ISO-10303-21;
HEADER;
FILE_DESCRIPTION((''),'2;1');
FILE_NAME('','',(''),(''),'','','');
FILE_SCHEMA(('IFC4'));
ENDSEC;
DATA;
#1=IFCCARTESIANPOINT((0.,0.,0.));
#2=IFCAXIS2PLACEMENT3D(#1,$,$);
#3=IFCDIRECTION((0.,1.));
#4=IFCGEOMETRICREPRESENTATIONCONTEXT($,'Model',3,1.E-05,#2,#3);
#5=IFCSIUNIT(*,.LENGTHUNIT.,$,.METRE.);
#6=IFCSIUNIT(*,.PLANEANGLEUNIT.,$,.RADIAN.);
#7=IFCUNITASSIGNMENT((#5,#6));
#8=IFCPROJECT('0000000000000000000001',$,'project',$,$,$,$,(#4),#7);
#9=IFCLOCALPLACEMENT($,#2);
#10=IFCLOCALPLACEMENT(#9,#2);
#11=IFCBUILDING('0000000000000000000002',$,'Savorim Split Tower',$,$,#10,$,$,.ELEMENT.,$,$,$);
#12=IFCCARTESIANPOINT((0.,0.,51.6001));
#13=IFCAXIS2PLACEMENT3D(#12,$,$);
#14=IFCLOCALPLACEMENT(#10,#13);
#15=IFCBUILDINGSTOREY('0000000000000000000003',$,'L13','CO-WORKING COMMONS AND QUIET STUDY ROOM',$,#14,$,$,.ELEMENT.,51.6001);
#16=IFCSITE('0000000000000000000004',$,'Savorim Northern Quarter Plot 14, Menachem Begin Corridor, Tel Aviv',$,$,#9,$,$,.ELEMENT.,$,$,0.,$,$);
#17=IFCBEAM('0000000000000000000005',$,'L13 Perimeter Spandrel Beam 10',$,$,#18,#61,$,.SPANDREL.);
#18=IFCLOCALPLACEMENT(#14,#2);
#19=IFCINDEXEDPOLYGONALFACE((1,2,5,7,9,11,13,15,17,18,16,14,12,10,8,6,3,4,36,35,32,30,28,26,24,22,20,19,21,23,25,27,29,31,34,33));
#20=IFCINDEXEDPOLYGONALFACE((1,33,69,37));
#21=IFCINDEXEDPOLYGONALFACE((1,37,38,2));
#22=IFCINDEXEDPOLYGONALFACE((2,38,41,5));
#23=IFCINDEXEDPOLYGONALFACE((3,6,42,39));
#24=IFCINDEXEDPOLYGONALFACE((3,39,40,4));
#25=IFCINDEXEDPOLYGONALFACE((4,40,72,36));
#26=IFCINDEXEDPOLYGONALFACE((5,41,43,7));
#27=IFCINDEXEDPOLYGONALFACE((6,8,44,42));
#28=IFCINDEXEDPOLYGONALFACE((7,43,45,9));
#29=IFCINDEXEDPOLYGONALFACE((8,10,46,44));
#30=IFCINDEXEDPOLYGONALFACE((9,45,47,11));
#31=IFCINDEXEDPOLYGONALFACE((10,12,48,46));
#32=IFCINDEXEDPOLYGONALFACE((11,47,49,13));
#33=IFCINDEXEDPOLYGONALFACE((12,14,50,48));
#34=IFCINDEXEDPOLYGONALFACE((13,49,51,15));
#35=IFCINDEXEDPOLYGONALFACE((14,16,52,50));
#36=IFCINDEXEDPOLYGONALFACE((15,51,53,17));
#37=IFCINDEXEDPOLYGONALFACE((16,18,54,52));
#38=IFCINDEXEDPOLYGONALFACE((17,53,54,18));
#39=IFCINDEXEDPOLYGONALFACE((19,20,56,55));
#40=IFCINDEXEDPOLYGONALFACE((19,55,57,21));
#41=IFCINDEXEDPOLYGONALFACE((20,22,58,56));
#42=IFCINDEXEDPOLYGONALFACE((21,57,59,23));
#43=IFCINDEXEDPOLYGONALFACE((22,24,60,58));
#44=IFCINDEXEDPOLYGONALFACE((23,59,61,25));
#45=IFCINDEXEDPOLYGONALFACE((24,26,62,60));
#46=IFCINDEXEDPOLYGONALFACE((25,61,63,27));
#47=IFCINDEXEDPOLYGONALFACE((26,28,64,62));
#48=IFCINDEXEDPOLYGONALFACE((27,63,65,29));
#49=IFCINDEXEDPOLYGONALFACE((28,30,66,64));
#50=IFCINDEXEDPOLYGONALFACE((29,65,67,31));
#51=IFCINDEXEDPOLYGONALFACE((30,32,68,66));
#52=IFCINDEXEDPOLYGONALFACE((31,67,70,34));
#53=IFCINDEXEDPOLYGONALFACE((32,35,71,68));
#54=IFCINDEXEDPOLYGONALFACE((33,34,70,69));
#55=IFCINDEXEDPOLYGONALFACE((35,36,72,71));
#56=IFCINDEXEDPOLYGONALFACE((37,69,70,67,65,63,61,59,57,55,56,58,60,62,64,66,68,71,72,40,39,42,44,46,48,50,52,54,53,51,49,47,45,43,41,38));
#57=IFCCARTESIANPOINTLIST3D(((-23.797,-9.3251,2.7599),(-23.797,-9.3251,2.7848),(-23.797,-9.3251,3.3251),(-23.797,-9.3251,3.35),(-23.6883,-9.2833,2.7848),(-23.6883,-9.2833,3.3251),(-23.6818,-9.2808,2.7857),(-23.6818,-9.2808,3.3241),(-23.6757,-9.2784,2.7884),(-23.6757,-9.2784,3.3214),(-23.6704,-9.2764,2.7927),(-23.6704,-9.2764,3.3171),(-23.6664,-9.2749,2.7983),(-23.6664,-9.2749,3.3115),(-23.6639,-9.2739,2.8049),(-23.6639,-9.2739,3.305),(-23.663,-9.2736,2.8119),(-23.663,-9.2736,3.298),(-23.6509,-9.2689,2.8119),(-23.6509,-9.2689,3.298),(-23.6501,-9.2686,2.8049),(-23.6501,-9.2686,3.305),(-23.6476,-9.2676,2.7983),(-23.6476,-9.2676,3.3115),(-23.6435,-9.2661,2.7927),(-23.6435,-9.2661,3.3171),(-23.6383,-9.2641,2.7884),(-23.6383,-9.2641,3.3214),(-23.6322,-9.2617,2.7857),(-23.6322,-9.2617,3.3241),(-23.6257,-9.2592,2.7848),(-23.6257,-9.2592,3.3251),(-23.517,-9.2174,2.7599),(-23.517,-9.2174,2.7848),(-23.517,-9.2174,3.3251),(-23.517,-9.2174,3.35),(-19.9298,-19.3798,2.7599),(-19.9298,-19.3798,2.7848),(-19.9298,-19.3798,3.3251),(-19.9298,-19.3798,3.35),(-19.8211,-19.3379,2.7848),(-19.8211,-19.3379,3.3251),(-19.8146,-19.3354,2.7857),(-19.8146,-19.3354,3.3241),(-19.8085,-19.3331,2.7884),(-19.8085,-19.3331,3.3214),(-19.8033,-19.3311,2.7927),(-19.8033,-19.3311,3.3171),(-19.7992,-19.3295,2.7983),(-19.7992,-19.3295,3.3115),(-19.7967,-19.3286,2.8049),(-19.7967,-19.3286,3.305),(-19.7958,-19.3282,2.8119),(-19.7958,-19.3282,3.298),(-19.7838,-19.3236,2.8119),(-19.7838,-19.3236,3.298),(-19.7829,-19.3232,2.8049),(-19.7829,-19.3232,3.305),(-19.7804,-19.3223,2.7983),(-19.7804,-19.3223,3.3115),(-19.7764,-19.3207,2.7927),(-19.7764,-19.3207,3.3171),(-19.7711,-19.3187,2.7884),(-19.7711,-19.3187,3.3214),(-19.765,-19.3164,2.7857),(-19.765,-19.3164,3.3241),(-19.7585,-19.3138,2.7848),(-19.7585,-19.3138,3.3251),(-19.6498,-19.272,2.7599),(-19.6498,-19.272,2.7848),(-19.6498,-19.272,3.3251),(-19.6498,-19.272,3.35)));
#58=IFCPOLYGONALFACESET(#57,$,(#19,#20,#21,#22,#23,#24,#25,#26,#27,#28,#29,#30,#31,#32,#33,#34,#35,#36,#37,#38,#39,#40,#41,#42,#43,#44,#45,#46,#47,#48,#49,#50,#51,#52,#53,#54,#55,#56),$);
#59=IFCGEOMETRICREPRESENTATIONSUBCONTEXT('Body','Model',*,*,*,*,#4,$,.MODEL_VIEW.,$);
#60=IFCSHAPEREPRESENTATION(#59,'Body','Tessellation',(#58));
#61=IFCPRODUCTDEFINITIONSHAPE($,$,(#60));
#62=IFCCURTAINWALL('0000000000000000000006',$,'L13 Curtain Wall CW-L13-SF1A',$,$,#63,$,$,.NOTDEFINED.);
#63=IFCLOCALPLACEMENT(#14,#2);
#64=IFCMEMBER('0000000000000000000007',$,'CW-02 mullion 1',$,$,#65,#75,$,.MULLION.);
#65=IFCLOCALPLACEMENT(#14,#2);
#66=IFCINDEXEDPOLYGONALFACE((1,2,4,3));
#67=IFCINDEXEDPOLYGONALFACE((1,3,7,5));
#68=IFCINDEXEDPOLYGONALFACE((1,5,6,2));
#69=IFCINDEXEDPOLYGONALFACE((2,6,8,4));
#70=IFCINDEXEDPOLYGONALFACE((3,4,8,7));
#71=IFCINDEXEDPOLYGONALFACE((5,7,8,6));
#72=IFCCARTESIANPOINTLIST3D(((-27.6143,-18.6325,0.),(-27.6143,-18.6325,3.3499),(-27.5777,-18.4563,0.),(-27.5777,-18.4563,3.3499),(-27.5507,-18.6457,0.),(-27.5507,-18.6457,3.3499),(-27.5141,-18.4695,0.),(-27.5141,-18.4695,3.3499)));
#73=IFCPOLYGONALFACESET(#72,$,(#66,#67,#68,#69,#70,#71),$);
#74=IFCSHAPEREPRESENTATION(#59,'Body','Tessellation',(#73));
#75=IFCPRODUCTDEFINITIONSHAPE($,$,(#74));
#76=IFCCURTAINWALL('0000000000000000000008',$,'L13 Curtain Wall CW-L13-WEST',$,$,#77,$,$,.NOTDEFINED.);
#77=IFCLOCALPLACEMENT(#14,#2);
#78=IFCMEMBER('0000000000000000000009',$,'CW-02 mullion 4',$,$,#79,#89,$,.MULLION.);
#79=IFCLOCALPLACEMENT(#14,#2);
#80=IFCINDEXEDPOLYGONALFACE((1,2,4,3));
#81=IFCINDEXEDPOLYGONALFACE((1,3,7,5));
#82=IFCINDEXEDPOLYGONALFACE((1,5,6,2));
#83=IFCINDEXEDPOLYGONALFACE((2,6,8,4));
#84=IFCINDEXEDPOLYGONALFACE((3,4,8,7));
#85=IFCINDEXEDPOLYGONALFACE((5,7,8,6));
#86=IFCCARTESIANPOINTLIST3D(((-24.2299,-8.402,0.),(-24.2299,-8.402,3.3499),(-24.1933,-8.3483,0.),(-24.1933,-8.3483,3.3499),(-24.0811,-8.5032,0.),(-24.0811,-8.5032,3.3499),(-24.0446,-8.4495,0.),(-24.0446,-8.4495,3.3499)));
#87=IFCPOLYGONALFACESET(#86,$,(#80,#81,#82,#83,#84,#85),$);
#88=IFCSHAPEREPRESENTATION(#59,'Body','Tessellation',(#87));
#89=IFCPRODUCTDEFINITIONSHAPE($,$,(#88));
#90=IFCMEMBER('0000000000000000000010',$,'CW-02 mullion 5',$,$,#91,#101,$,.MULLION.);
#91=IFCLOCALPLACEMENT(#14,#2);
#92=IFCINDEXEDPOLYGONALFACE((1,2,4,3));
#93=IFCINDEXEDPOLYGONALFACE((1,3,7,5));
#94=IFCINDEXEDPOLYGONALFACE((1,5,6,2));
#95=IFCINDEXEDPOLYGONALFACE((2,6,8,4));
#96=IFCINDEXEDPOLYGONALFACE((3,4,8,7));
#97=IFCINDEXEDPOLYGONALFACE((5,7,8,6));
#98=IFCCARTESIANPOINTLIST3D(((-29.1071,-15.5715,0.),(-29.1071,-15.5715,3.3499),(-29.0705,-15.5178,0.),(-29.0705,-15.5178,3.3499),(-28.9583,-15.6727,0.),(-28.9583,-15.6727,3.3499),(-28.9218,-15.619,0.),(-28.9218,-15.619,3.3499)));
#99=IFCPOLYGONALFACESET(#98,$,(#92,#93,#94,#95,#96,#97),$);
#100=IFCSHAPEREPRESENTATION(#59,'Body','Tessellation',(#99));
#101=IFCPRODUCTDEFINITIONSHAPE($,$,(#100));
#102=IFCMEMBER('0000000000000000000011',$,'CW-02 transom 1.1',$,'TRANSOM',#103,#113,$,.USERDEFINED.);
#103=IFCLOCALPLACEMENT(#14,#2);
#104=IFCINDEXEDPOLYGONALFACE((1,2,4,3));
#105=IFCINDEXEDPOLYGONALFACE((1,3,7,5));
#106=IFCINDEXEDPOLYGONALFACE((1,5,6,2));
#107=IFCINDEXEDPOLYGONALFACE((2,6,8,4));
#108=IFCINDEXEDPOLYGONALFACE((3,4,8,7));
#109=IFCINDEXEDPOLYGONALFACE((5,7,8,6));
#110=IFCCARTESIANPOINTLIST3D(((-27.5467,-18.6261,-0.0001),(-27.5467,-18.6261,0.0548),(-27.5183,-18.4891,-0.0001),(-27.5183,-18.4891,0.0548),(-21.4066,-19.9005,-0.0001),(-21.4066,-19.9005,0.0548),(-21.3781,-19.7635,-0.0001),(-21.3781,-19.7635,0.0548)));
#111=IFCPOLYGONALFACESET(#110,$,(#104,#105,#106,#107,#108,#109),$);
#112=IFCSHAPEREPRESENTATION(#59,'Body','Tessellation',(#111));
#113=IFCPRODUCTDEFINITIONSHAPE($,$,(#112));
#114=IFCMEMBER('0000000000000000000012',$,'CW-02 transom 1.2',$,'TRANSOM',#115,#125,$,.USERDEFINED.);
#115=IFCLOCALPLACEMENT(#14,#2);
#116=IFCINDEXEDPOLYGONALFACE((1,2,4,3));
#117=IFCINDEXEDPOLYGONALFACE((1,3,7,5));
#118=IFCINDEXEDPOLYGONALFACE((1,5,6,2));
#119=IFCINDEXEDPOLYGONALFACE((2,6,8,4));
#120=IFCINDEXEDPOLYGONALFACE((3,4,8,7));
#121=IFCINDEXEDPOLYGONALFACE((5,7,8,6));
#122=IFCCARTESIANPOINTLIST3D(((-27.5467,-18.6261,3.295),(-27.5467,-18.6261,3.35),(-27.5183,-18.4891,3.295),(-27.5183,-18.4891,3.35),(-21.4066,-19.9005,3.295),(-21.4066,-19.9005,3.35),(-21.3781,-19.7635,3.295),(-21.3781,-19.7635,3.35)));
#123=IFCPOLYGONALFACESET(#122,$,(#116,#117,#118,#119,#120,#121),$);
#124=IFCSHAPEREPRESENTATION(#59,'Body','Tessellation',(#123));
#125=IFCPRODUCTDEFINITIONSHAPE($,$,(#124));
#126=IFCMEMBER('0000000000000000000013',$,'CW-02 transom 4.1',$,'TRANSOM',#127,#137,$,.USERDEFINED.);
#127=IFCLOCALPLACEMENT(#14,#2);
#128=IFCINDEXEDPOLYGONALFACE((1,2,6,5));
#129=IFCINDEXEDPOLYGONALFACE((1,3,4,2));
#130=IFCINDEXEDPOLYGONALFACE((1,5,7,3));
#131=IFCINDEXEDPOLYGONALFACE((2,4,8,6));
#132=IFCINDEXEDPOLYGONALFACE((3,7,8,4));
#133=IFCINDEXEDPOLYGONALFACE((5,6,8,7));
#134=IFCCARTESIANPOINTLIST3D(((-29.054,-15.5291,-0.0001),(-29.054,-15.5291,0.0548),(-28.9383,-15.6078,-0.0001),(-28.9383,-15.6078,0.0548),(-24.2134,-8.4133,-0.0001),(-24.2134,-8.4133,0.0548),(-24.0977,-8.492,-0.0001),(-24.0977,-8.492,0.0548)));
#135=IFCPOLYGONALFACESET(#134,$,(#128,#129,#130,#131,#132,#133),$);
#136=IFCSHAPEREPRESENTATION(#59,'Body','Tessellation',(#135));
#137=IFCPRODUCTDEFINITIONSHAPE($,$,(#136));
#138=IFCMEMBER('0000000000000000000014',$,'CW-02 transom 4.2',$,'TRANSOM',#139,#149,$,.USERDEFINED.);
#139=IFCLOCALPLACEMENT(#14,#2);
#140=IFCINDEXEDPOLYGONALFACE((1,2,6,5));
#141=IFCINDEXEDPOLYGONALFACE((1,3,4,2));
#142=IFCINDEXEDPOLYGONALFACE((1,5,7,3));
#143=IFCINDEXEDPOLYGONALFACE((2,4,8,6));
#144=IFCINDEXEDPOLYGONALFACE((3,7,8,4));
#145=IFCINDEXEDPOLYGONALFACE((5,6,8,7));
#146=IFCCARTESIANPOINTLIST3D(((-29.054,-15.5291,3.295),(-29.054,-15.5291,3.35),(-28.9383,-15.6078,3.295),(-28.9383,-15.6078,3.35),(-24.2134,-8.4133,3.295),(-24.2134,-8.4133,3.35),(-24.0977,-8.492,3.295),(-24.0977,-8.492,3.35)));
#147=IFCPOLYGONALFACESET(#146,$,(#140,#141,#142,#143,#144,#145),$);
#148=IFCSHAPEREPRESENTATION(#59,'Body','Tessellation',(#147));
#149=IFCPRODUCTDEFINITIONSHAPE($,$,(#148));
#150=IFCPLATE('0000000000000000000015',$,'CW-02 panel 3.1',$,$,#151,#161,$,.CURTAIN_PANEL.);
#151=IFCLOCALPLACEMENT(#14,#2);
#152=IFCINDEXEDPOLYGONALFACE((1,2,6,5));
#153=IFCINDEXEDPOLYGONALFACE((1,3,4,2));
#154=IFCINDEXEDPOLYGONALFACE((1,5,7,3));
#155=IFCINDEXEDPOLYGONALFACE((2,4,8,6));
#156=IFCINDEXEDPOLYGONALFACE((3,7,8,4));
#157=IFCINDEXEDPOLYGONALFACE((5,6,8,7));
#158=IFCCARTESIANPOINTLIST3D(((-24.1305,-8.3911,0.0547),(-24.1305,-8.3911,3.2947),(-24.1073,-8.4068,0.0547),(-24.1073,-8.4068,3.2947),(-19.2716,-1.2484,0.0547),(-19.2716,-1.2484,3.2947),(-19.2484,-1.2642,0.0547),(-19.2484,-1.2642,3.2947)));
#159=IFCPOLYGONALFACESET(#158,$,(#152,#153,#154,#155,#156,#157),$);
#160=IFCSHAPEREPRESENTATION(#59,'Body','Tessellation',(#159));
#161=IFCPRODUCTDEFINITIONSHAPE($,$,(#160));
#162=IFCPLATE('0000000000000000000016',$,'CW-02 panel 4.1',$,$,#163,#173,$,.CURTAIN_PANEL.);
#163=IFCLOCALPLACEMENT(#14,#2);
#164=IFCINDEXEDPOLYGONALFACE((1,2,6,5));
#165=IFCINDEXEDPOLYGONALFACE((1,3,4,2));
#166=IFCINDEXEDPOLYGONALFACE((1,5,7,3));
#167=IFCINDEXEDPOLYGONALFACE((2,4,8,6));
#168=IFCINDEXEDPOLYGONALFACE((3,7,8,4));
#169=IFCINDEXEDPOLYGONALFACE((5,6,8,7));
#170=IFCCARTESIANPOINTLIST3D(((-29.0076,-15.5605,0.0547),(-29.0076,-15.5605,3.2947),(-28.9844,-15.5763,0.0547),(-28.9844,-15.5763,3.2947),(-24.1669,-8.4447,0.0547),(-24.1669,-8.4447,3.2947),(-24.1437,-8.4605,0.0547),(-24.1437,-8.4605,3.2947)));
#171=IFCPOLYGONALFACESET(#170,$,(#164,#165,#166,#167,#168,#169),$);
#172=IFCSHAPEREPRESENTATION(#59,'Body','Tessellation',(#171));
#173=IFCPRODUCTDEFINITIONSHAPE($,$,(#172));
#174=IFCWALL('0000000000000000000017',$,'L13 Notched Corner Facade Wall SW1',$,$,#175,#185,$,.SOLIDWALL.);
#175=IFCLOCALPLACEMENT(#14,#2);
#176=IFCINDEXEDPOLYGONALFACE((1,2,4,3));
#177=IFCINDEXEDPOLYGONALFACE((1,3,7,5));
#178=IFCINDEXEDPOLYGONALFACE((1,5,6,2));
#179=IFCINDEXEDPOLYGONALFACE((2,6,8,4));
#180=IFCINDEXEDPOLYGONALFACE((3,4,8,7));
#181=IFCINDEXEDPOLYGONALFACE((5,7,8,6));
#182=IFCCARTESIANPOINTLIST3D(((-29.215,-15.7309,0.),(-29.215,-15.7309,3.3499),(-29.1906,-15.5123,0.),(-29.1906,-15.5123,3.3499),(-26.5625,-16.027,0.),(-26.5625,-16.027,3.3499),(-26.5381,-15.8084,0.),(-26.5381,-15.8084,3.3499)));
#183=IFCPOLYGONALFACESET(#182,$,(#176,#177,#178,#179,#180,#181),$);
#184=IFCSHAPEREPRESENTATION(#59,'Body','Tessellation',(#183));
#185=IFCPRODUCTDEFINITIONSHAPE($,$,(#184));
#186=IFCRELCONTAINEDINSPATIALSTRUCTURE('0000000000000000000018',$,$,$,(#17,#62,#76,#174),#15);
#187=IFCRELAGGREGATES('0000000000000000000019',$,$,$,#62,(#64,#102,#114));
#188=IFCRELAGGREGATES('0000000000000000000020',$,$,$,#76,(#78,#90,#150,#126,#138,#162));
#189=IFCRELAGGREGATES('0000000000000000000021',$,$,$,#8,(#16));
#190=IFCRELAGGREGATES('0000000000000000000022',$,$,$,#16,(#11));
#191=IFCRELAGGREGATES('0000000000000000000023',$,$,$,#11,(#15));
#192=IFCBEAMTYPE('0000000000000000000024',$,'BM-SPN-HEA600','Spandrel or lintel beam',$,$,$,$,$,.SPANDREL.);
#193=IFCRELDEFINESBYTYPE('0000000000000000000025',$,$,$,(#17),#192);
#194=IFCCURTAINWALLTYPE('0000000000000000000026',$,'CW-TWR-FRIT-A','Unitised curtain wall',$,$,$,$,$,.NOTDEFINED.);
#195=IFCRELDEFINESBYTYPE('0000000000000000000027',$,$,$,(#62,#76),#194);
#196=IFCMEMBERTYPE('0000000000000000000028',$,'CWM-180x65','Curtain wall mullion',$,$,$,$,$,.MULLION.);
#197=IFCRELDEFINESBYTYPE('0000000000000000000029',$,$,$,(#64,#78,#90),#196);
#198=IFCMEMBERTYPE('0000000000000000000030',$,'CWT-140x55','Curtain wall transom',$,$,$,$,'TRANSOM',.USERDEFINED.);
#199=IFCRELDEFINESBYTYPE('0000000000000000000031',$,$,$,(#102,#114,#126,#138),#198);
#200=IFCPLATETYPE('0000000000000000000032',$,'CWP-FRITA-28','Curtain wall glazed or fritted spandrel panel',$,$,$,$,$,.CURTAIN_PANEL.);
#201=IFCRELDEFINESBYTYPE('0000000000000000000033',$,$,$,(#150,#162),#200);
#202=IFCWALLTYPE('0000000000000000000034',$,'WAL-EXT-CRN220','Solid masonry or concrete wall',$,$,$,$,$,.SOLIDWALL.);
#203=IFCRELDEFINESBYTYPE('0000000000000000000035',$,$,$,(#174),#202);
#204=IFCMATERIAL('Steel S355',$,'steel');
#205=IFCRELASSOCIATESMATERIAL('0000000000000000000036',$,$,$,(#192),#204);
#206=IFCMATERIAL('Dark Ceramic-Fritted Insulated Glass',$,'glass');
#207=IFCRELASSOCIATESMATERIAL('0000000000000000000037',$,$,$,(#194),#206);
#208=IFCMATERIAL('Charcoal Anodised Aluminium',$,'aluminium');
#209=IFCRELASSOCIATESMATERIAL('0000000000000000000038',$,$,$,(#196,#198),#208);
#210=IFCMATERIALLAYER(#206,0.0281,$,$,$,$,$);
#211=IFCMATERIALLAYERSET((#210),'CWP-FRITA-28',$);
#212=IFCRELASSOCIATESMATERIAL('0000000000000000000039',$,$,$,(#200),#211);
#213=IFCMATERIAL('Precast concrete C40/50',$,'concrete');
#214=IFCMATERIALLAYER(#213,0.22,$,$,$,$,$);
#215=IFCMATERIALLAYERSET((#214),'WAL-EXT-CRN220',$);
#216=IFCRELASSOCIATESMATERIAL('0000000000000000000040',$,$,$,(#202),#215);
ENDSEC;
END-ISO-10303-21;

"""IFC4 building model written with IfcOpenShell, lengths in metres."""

from ifc_helpers import new_model, si_unit, direction, frame, frame_2d, origin, origin_2d, place, context, subcontext, project, spatial, rectangle, i_section, extrude, material, layer, layer_set, material_profile, profile_set, type_object, element, aggregate, save


model = new_model("IFC4")

# Units and contexts
model_context = context("Model", 3, precision=1e-05, world=origin(), true_north=direction((0.0, 1.0)))
body_context = subcontext(model_context, "Body", "Model", "MODEL_VIEW")
ifc_project = project(units=[si_unit("LENGTHUNIT", "METRE"), si_unit("PLANEANGLEUNIT", "RADIAN")], contexts=[model_context])

# Site, building, storey
site_placement = place(None, origin())
site = spatial("IfcSite", under=ifc_project, at=site_placement, Name="Savorim Northern Quarter Plot 14, Menachem Begin Corridor, Tel Aviv", CompositionType="ELEMENT", RefElevation=0.0)
building_placement = place(site_placement, origin())
building = spatial("IfcBuilding", under=site, at=building_placement, Name="Savorim Split Tower", CompositionType="ELEMENT")
storey_placement = place(building_placement, frame((0.0, 0.0, 51.6001)))
storey = spatial("IfcBuildingStorey", under=building, at=storey_placement, Name="L13", Description="CO-WORKING COMMONS AND QUIET STUDY ROOM", CompositionType="ELEMENT", Elevation=51.6001)

# Beam
ifc_material_1 = material(Name="Steel S355", Category="steel")
ifc_material_profile_1 = material_profile(ifc_material_1, i_section(OverallWidth=0.3, OverallDepth=0.5901, WebThickness=0.0129, FlangeThickness=0.0249, FilletRadius=0.0271, at=origin_2d()), Name="HEA 600")
ifc_profile_set_1 = profile_set([ifc_material_profile_1], Name="Steel S355")
beam_type_1 = type_object("IfcBeamType", Name="BM-SPN-HEA600", Description="Spandrel or lintel beam", PredefinedType="SPANDREL", material=ifc_profile_set_1)
beam_1_placement = place(storey_placement, frame((-23.657, -9.2712, 3.0549), z_axis=(0.358979, -0.933346, 0.0), x_axis=(0.933346, 0.358979, 0.0)))
element("IfcBeam", 1, at=beam_1_placement, inside=storey, type_object=beam_type_1, Name="L13 Perimeter Spandrel Beam 10", PredefinedType="SPANDREL", context=body_context, shape_type="SweptSolid", body=[
    extrude(i_section(OverallWidth=0.3, OverallDepth=0.5901, WebThickness=0.0129, FlangeThickness=0.0249, FilletRadius=0.0271, at=origin_2d()), origin(), (0.0, 0.0, 1.0), 10.7727),
])

# Curtain wall, member
ifc_material_2 = material(Name="Dark Ceramic-Fritted Insulated Glass", Category="glass")
curtain_wall_type = type_object("IfcCurtainWallType", Name="CW-TWR-FRIT-A", Description="Unitised curtain wall", PredefinedType="NOTDEFINED", material=ifc_material_2)
curtain_wall_1_placement = place(storey_placement, origin())
curtain_wall_1 = element("IfcCurtainWall", 2, at=curtain_wall_1_placement, inside=storey, type_object=curtain_wall_type, Name="L13 Curtain Wall CW-L13-SF1A", PredefinedType="NOTDEFINED")
ifc_material_3 = material(Name="Charcoal Anodised Aluminium", Category="aluminium")
ifc_material_profile_2 = material_profile(ifc_material_3, rectangle(XDim=0.1799, YDim=0.0649, at=origin_2d()), Name="ALU-M 180x65")
ifc_profile_set_2 = profile_set([ifc_material_profile_2], Name="Charcoal Anodised Aluminium")
member_type_1 = type_object("IfcMemberType", Name="CWM-180x65", Description="Curtain wall mullion", PredefinedType="MULLION", material=ifc_profile_set_2)
member_1_placement = place(storey_placement, frame((-27.5642, -18.551, 0.0), z_axis=(0.0, 0.0, 1.0), x_axis=(0.203216, 0.979134, 0.0)))
member_1 = element("IfcMember", 3, at=member_1_placement, type_object=member_type_1, Name="CW-02 mullion 1", PredefinedType="MULLION", context=body_context, shape_type="SweptSolid", body=[
    extrude(rectangle(XDim=0.1799, YDim=0.0649, at=origin_2d()), origin(), (0.0, 0.0, 1.0), 3.3499),
])

# Curtain wall, members
curtain_wall_2_placement = place(storey_placement, origin())
curtain_wall_2 = element("IfcCurtainWall", 4, at=curtain_wall_2_placement, inside=storey, type_object=curtain_wall_type, Name="L13 Curtain Wall CW-L13-WEST", PredefinedType="NOTDEFINED")
member_2_placement = place(storey_placement, frame((-24.1372, -8.4258, 0.0), z_axis=(0.0, 0.0, 1.0), x_axis=(0.82682, -0.562466, 0.0)))
member_2 = element("IfcMember", 5, at=member_2_placement, type_object=member_type_1, Name="CW-02 mullion 4", PredefinedType="MULLION", context=body_context, shape_type="SweptSolid", body=[
    extrude(rectangle(XDim=0.1799, YDim=0.0649, at=origin_2d()), origin(), (0.0, 0.0, 1.0), 3.3499),
])
member_3_placement = place(storey_placement, frame((-29.0144, -15.5952, 0.0), z_axis=(0.0, 0.0, 1.0), x_axis=(0.82682, -0.562466, 0.0)))
member_3 = element("IfcMember", 6, at=member_3_placement, type_object=member_type_1, Name="CW-02 mullion 5", PredefinedType="MULLION", context=body_context, shape_type="SweptSolid", body=[
    extrude(rectangle(XDim=0.1799, YDim=0.0649, at=origin_2d()), origin(), (0.0, 0.0, 1.0), 3.3499),
])

# Members
ifc_material_profile_3 = material_profile(ifc_material_3, rectangle(XDim=0.1399, YDim=0.0549, at=origin_2d()), Name="ALU-T 140x55")
ifc_profile_set_3 = profile_set([ifc_material_profile_3], Name="Charcoal Anodised Aluminium")
member_type_2 = type_object("IfcMemberType", Name="CWT-140x55", Description="Curtain wall transom", ElementType="TRANSOM", PredefinedType="USERDEFINED", material=ifc_profile_set_3)
member_4_placement = place(storey_placement, frame((-27.5325, -18.5576, 0.0273), z_axis=(0.979132, -0.203223, 0.0), x_axis=(0.203223, 0.979132, 0.0)))
member_4 = element("IfcMember", 7, at=member_4_placement, type_object=member_type_2, Name="CW-02 transom 1.1", ObjectType="TRANSOM", PredefinedType="USERDEFINED", context=body_context, shape_type="SweptSolid", body=[
    extrude(rectangle(XDim=0.1399, YDim=0.0549, at=origin_2d()), origin(), (0.0, 0.0, 1.0), 6.271),
])
member_5_placement = place(storey_placement, frame((-27.5325, -18.5576, 3.3225), z_axis=(0.979132, -0.203223, 0.0), x_axis=(0.203223, 0.979132, 0.0)))
member_5 = element("IfcMember", 8, at=member_5_placement, type_object=member_type_2, Name="CW-02 transom 1.2", ObjectType="TRANSOM", PredefinedType="USERDEFINED", context=body_context, shape_type="SweptSolid", body=[
    extrude(rectangle(XDim=0.1399, YDim=0.0549, at=origin_2d()), origin(), (0.0, 0.0, 1.0), 6.271),
])
aggregate(curtain_wall_1, [member_1, member_4, member_5])
member_6_placement = place(storey_placement, frame((-24.1555, -8.4526, 0.0273), z_axis=(-0.56246, -0.826825, 0.0), x_axis=(0.826825, -0.56246, 0.0)))
member_6 = element("IfcMember", 9, at=member_6_placement, type_object=member_type_2, Name="CW-02 transom 4.1", ObjectType="TRANSOM", PredefinedType="USERDEFINED", context=body_context, shape_type="SweptSolid", body=[
    extrude(rectangle(XDim=0.1399, YDim=0.0549, at=origin_2d()), origin(), (0.0, 0.0, 1.0), 8.6062),
])
member_7_placement = place(storey_placement, frame((-24.1555, -8.4526, 3.3225), z_axis=(-0.56246, -0.826825, 0.0), x_axis=(0.826825, -0.56246, 0.0)))
member_7 = element("IfcMember", 10, at=member_7_placement, type_object=member_type_2, Name="CW-02 transom 4.2", ObjectType="TRANSOM", PredefinedType="USERDEFINED", context=body_context, shape_type="SweptSolid", body=[
    extrude(rectangle(XDim=0.1399, YDim=0.0549, at=origin_2d()), origin(), (0.0, 0.0, 1.0), 8.6062),
])

# Plates
ifc_layer_1 = layer(ifc_material_2, 0.0281)
ifc_layer_set_1 = layer_set([ifc_layer_1], Name="CWP-FRITA-28")
plate_type = type_object("IfcPlateType", Name="CWP-FRITA-28", Description="Curtain wall glazed or fritted spandrel panel", PredefinedType="CURTAIN_PANEL", material=ifc_layer_set_1)
plate_1_placement = place(storey_placement, frame((-21.6895, -4.8276, 0.0547), z_axis=(0.0, 0.0, 1.0), x_axis=(-0.562466, -0.82682, 0.0)))
plate_1 = element("IfcPlate", 11, at=plate_1_placement, type_object=plate_type, Name="CW-02 panel 3.1", PredefinedType="CURTAIN_PANEL", context=body_context, shape_type="SweptSolid", body=[
    extrude(rectangle(XDim=8.6387, YDim=0.0281, at=origin_2d()), origin(), (0.0, 0.0, 1.0), 3.24),
])
plate_2_placement = place(storey_placement, frame((-26.5757, -12.0105, 0.0547), z_axis=(0.0, 0.0, 1.0), x_axis=(-0.562466, -0.82682, 0.0)))
plate_2 = element("IfcPlate", 12, at=plate_2_placement, type_object=plate_type, Name="CW-02 panel 4.1", PredefinedType="CURTAIN_PANEL", context=body_context, shape_type="SweptSolid", body=[
    extrude(rectangle(XDim=8.6062, YDim=0.0281, at=origin_2d()), origin(), (0.0, 0.0, 1.0), 3.24),
])
aggregate(curtain_wall_2, [member_2, member_3, plate_1, member_6, member_7, plate_2])

# Wall
ifc_material_4 = material(Name="Precast concrete C40/50", Category="concrete")
ifc_layer_2 = layer(ifc_material_4, 0.22)
ifc_layer_set_2 = layer_set([ifc_layer_2], Name="WAL-EXT-CRN220")
wall_type = type_object("IfcWallType", Name="WAL-EXT-CRN220", Description="Solid masonry or concrete wall", PredefinedType="SOLIDWALL", material=ifc_layer_set_2)
wall_1_placement = place(storey_placement, frame((-26.5503, -15.9177, 0.0), z_axis=(0.0, 0.0, 1.0), x_axis=(-0.993824, 0.110964, 0.0)))
element("IfcWall", 13, at=wall_1_placement, inside=storey, type_object=wall_type, Name="L13 Notched Corner Facade Wall SW1", PredefinedType="SOLIDWALL", context=body_context, shape_type="SweptSolid", body=[
    extrude(rectangle(XDim=2.6689, YDim=0.22, at=frame_2d((1.3345, 0.0))), origin(), (0.0, 0.0, 1.0), 3.3499),
])

save(model, "model.ifc")
